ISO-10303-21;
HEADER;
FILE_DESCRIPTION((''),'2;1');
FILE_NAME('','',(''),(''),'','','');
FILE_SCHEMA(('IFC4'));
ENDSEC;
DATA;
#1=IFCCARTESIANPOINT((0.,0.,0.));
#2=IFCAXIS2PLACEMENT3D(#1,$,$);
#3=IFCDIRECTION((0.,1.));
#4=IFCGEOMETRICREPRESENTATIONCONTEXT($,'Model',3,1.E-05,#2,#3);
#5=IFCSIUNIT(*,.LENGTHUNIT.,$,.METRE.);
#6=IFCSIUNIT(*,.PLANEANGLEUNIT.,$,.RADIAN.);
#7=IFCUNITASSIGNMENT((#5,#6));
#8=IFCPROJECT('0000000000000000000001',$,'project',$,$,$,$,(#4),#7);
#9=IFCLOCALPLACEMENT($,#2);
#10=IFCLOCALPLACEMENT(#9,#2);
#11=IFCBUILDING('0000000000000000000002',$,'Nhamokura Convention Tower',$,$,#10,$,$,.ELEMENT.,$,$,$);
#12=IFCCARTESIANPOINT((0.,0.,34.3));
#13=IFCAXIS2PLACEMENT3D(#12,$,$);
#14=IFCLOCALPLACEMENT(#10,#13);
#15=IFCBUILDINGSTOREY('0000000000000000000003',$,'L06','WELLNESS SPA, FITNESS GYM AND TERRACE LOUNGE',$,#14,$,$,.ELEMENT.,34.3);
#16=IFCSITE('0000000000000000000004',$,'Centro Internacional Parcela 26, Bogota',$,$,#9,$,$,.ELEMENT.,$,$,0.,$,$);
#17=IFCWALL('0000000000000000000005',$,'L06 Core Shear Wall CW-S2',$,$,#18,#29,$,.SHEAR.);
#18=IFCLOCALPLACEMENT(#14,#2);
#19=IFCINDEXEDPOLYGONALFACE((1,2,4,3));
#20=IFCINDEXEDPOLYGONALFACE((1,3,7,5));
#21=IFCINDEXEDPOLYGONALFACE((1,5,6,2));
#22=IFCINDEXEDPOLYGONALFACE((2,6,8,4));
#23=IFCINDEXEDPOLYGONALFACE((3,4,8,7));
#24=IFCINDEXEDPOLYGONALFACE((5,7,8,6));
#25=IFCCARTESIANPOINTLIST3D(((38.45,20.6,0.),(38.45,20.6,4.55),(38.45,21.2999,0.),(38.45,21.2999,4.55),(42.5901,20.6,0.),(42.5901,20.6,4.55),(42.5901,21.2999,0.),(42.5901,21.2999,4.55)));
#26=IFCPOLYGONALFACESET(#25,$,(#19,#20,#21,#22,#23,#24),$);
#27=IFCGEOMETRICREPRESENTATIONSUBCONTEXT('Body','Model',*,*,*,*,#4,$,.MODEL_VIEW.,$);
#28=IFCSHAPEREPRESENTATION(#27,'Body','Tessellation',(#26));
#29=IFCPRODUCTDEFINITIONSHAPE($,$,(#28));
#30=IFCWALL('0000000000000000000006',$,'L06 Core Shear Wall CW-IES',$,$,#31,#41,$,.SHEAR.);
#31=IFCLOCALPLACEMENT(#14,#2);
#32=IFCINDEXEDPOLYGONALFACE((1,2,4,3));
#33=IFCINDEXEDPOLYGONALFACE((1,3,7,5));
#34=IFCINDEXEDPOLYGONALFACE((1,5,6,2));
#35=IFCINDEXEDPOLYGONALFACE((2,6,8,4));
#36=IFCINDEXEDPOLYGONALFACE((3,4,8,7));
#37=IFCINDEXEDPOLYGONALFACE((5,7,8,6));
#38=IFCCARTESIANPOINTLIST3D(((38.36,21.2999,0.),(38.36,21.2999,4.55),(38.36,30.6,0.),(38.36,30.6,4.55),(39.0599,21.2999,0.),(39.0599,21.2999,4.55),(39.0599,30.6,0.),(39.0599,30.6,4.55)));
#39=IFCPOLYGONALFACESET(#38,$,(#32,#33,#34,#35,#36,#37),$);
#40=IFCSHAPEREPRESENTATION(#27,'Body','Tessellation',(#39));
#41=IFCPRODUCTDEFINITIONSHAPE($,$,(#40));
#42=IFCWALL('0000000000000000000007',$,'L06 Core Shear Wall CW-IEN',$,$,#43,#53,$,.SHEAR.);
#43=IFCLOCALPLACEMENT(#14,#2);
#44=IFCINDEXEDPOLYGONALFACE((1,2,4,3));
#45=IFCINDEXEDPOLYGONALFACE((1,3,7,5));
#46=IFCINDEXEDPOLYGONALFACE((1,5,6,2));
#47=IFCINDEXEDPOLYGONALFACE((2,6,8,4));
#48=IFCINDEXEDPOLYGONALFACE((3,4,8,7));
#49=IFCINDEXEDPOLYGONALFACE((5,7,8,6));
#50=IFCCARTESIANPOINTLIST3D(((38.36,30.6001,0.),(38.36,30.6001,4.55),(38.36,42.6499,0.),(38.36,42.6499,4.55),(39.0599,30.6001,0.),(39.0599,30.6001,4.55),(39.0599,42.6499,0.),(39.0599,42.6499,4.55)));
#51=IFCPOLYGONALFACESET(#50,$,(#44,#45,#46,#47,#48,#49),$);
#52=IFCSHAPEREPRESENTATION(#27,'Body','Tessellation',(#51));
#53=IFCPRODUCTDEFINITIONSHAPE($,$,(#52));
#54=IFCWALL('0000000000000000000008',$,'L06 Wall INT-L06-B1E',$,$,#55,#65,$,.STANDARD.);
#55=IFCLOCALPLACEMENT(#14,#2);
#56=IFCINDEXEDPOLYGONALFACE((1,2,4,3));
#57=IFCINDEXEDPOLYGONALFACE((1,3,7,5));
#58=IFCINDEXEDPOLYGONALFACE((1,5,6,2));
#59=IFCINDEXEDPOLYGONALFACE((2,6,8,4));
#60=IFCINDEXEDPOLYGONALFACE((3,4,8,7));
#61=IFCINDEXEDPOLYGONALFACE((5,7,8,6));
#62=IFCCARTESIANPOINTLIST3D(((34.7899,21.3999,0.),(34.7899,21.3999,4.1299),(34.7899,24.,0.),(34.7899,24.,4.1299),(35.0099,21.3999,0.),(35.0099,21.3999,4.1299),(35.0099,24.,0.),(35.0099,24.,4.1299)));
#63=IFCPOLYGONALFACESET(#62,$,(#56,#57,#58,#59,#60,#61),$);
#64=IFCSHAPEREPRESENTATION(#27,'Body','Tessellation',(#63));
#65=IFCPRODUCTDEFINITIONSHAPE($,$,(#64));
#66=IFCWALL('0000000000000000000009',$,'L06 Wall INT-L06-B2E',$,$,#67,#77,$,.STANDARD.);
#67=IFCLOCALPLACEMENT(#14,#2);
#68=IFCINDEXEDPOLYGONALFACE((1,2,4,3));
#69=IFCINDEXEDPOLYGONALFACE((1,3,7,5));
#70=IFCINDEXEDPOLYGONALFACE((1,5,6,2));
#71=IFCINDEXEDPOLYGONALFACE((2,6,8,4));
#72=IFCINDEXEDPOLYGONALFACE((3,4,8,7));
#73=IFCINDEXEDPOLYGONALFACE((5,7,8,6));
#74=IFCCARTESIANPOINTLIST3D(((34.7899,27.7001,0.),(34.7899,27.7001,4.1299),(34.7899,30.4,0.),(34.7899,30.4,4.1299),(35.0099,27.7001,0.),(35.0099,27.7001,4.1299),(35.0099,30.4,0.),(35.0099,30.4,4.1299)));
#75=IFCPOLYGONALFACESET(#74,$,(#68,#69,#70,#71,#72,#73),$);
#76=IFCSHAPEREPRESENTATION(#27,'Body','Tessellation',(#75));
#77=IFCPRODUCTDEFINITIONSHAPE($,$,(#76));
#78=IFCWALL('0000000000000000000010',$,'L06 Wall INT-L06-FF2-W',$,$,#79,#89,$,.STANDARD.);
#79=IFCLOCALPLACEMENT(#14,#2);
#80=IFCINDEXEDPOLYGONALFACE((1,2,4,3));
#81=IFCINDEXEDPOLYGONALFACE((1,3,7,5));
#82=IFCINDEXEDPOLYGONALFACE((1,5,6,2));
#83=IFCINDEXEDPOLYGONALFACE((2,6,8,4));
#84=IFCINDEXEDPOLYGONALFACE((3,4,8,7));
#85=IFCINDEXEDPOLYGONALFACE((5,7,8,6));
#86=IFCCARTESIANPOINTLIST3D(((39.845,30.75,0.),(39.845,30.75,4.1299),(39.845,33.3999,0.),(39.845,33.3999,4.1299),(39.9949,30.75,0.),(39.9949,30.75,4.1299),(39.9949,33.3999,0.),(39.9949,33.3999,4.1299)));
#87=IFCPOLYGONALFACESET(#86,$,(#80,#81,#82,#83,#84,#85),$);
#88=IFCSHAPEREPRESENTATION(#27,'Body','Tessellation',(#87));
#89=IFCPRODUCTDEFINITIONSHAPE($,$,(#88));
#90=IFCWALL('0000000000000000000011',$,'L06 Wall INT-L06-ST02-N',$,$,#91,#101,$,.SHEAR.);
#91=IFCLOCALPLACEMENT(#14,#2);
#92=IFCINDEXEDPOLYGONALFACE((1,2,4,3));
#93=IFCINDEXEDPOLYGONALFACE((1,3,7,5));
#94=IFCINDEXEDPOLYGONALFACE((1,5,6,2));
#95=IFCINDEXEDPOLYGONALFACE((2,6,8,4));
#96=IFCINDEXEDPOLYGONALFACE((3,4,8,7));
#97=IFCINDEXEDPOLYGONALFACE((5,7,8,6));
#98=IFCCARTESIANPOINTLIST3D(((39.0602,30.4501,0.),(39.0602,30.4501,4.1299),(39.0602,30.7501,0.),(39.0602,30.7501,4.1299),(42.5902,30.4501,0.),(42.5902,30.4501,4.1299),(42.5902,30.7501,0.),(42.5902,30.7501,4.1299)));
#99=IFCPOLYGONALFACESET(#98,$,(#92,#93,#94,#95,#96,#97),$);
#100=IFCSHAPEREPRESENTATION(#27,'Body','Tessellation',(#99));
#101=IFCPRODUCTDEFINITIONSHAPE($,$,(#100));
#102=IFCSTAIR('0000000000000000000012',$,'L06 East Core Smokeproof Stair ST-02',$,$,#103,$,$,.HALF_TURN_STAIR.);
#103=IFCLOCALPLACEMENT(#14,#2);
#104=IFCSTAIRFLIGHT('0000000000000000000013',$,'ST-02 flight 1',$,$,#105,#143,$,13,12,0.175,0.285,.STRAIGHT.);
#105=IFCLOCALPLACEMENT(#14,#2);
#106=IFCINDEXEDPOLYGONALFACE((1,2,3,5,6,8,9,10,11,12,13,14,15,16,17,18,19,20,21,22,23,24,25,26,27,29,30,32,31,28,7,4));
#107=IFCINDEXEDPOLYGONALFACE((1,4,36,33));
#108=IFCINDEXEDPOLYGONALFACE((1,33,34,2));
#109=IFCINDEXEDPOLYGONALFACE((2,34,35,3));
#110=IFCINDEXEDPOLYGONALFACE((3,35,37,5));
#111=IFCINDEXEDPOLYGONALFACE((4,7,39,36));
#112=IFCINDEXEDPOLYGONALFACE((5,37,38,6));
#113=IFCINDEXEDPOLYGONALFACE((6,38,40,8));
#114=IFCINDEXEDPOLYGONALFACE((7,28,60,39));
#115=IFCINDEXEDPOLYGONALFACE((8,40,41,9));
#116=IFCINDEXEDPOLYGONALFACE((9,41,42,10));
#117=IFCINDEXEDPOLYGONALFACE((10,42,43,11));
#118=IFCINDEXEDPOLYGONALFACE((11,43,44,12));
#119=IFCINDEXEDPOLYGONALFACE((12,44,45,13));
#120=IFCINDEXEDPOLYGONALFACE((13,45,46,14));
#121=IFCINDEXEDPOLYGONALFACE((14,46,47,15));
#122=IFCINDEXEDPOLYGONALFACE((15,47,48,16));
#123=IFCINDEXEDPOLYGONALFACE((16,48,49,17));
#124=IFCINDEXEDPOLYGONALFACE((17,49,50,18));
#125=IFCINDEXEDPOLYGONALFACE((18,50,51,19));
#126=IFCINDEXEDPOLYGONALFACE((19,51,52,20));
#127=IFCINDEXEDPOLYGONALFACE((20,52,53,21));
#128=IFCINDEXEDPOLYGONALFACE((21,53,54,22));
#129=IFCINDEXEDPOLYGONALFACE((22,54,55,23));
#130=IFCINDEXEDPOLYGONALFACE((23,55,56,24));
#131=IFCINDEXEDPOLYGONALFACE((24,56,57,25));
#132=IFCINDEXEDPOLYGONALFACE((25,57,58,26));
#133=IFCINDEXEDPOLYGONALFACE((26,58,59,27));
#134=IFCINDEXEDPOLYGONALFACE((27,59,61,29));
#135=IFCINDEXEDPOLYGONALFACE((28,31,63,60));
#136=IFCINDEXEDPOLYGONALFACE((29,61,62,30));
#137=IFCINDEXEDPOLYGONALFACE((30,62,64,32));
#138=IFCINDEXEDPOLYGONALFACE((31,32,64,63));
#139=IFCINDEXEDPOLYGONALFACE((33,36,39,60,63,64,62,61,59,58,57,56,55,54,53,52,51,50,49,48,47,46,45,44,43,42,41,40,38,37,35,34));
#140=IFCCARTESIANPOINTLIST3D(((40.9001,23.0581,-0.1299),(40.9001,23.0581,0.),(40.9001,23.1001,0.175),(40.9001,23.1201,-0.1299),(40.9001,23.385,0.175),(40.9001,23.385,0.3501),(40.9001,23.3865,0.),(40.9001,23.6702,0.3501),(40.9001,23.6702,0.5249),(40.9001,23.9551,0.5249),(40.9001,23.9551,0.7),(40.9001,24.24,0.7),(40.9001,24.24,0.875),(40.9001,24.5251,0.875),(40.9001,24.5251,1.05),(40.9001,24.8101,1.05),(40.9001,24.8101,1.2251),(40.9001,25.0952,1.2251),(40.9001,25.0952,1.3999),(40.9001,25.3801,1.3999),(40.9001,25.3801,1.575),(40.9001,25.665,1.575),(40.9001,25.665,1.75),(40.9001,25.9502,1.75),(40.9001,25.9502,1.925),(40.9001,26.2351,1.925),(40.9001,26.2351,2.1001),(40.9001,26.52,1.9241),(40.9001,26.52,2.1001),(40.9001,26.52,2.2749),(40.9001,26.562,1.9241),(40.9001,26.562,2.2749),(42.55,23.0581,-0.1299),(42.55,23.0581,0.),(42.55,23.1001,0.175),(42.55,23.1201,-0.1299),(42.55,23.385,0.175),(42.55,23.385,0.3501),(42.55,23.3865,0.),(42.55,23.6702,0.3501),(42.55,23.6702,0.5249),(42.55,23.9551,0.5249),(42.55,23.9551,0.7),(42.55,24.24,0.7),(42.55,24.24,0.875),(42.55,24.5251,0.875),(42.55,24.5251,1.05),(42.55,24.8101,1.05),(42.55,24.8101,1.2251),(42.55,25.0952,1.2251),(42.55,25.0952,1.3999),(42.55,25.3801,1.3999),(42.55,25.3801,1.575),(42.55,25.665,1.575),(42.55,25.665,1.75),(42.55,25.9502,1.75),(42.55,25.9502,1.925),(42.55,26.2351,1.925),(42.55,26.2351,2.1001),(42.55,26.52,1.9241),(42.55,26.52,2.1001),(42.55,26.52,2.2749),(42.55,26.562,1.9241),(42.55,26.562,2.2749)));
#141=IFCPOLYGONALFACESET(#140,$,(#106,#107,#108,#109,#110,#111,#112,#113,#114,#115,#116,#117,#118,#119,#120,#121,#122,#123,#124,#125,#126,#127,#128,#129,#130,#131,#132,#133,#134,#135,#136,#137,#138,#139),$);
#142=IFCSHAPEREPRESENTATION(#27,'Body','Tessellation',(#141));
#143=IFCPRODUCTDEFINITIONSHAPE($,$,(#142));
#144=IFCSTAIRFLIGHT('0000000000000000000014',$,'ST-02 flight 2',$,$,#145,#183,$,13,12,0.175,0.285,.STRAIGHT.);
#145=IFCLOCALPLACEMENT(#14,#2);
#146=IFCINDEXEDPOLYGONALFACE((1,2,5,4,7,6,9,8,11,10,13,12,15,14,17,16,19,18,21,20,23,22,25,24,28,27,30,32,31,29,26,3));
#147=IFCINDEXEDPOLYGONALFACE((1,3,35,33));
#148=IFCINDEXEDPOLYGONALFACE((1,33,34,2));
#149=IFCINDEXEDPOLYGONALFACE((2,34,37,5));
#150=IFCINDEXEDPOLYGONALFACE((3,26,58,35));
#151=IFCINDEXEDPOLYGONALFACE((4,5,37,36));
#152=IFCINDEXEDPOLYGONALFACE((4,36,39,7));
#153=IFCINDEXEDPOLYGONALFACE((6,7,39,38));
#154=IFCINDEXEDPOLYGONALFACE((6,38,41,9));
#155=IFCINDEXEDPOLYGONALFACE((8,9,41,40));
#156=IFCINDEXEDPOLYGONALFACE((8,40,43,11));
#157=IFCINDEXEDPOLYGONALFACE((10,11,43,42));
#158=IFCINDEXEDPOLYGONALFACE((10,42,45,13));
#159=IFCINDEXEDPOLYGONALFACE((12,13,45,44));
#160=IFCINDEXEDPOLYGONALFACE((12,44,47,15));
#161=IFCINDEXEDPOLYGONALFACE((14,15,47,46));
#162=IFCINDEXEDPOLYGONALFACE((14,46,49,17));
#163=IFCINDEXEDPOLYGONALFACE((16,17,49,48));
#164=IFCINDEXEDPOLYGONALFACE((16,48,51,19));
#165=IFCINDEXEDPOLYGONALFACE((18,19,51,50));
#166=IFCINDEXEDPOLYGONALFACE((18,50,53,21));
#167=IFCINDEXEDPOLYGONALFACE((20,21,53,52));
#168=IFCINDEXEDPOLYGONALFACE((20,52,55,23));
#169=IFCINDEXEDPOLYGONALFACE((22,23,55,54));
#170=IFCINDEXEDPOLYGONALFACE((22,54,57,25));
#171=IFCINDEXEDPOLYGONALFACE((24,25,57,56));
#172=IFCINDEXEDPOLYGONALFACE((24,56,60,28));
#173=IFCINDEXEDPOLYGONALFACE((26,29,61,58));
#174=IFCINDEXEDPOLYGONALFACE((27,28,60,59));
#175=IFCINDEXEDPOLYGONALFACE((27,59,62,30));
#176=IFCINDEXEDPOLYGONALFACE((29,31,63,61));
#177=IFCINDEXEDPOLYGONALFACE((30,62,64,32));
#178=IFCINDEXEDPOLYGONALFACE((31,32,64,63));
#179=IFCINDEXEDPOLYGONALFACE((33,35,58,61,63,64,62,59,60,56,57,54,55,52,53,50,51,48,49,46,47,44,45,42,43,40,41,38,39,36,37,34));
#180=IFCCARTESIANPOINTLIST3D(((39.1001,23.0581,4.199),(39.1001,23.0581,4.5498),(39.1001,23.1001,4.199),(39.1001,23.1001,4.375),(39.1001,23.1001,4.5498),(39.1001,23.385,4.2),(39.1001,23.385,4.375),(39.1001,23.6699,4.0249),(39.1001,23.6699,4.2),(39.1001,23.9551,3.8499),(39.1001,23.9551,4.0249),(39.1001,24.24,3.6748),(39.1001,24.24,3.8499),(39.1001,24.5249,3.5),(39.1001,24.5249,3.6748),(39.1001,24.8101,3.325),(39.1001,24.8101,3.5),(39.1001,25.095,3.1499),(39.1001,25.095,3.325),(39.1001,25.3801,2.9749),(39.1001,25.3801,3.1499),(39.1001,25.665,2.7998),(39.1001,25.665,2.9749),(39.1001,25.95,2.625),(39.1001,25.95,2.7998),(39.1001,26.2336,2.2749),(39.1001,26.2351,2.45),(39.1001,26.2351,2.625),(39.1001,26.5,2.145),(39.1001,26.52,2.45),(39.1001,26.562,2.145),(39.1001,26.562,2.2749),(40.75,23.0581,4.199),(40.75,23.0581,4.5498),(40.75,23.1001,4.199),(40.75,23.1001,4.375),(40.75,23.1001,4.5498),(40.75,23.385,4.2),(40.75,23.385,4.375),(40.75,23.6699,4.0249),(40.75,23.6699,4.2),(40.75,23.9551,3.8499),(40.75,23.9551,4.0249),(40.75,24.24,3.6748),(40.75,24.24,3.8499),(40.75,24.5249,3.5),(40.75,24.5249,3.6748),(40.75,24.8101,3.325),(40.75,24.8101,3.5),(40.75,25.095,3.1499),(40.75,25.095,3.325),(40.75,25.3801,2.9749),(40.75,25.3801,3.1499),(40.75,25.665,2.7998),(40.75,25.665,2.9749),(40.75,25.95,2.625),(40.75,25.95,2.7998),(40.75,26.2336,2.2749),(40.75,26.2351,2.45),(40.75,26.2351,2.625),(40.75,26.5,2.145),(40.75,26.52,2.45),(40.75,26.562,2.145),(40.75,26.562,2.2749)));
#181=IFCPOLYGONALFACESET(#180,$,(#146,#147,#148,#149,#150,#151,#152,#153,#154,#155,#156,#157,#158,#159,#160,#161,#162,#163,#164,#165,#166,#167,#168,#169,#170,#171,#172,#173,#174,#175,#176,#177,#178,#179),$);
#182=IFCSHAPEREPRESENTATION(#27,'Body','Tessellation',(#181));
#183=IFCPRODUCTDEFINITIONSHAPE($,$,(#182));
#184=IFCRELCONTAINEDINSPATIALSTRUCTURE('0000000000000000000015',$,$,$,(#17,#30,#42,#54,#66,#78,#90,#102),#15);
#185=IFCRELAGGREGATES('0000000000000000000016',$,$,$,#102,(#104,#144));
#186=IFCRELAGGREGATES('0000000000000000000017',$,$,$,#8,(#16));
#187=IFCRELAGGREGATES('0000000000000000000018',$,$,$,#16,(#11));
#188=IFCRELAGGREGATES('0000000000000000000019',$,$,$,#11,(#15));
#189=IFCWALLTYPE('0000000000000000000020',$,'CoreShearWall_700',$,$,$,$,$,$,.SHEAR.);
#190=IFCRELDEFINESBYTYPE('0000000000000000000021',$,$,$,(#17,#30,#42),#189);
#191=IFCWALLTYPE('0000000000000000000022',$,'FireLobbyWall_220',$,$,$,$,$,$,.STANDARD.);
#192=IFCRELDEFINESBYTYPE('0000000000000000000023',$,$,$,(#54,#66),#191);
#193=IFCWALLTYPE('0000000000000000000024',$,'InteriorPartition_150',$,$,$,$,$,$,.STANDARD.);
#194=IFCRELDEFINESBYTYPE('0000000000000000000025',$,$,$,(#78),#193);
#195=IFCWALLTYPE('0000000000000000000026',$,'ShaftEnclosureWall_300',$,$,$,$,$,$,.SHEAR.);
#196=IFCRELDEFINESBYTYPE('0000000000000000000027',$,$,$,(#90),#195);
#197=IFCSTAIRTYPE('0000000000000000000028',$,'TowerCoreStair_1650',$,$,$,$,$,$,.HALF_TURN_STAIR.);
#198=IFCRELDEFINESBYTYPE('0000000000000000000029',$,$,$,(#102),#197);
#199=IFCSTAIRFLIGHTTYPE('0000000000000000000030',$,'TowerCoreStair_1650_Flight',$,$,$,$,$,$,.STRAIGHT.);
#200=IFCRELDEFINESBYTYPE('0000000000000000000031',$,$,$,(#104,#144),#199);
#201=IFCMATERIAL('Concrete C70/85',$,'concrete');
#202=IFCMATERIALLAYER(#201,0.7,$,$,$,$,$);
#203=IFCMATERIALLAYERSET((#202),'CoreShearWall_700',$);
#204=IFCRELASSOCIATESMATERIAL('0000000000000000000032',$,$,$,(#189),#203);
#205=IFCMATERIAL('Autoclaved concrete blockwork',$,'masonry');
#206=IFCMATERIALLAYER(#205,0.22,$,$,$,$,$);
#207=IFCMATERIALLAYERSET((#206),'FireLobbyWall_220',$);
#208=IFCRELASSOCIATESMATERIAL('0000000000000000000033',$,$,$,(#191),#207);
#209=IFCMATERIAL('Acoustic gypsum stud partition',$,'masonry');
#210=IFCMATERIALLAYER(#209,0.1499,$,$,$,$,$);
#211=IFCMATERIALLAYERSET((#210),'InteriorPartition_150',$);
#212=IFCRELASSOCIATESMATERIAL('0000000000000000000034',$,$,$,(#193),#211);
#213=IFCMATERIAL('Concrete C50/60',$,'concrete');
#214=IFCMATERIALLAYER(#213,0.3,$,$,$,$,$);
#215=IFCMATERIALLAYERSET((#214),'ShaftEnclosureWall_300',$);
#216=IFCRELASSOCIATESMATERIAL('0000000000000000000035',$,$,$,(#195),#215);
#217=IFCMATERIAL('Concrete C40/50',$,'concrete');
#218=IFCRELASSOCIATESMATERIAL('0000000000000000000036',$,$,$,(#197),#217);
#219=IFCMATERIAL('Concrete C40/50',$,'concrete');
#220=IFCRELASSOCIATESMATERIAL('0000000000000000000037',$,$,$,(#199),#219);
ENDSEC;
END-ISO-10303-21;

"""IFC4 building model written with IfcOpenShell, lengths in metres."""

from ifc_helpers import new_model, si_unit, direction, frame, frame_2d, origin, place, context, subcontext, project, spatial, polyline, rectangle, outline, extrude, material, layer, layer_set, type_object, element, aggregate, save


model = new_model("IFC4")

# Units and contexts
model_context = context("Model", 3, precision=1e-05, world=origin(), true_north=direction((0.0, 1.0)))
body_context = subcontext(model_context, "Body", "Model", "MODEL_VIEW")
ifc_project = project(units=[si_unit("LENGTHUNIT", "METRE"), si_unit("PLANEANGLEUNIT", "RADIAN")], contexts=[model_context])

# Site, building, storey
site_placement = place(None, origin())
site = spatial("IfcSite", under=ifc_project, at=site_placement, Name="Centro Internacional Parcela 26, Bogota", CompositionType="ELEMENT", RefElevation=0.0)
building_placement = place(site_placement, origin())
building = spatial("IfcBuilding", under=site, at=building_placement, Name="Nhamokura Convention Tower", CompositionType="ELEMENT")
storey_placement = place(building_placement, frame((0.0, 0.0, 34.3)))
storey = spatial("IfcBuildingStorey", under=building, at=storey_placement, Name="L06", Description="WELLNESS SPA, FITNESS GYM AND TERRACE LOUNGE", CompositionType="ELEMENT", Elevation=34.3)

# Shared definitions
ifc_material_1 = material(Name="Concrete C70/85", Category="concrete")
ifc_layer_1 = layer(ifc_material_1, 0.7)
ifc_layer_set_1 = layer_set([ifc_layer_1], Name="CoreShearWall_700")
wall_type_1 = type_object("IfcWallType", Name="CoreShearWall_700", PredefinedType="SHEAR", material=ifc_layer_set_1)

# Walls
wall_1_placement = place(storey_placement, frame((38.45, 20.95, 0.0), z_axis=(0.0, 0.0, 1.0), x_axis=(1.0, 0.0, 0.0)))
element("IfcWall", 1, at=wall_1_placement, inside=storey, type_object=wall_type_1, Name="L06 Core Shear Wall CW-S2", PredefinedType="SHEAR", context=body_context, shape_type="SweptSolid", body=[
    extrude(rectangle(XDim=4.1401, YDim=0.7, at=frame_2d((2.0701, 0.0))), origin(), (0.0, 0.0, 1.0), 4.55),
])
wall_2_placement = place(storey_placement, frame((38.71, 21.3, 0.0), z_axis=(0.0, 0.0, 1.0), x_axis=(0.0, 1.0, 0.0)))
element("IfcWall", 2, at=wall_2_placement, inside=storey, type_object=wall_type_1, Name="L06 Core Shear Wall CW-IES", PredefinedType="SHEAR", context=body_context, shape_type="SweptSolid", body=[
    extrude(rectangle(XDim=9.3, YDim=0.7, at=frame_2d((4.6499, 0.0))), origin(), (0.0, 0.0, 1.0), 4.55),
])
wall_3_placement = place(storey_placement, frame((38.71, 30.6001, 0.0), z_axis=(0.0, 0.0, 1.0), x_axis=(0.0, 1.0, 0.0)))
element("IfcWall", 3, at=wall_3_placement, inside=storey, type_object=wall_type_1, Name="L06 Core Shear Wall CW-IEN", PredefinedType="SHEAR", context=body_context, shape_type="SweptSolid", body=[
    extrude(rectangle(XDim=12.0498, YDim=0.7, at=frame_2d((6.0249, 0.0))), origin(), (0.0, 0.0, 1.0), 4.55),
])
ifc_material_2 = material(Name="Autoclaved concrete blockwork", Category="masonry")
ifc_layer_2 = layer(ifc_material_2, 0.22)
ifc_layer_set_2 = layer_set([ifc_layer_2], Name="FireLobbyWall_220")
wall_type_2 = type_object("IfcWallType", Name="FireLobbyWall_220", PredefinedType="STANDARD", material=ifc_layer_set_2)
wall_4_placement = place(storey_placement, frame((34.8999, 21.3999, 0.0), z_axis=(0.0, 0.0, 1.0), x_axis=(0.0, 1.0, 0.0)))
element("IfcWall", 4, at=wall_4_placement, inside=storey, type_object=wall_type_2, Name="L06 Wall INT-L06-B1E", PredefinedType="STANDARD", context=body_context, shape_type="SweptSolid", body=[
    extrude(rectangle(XDim=2.6001, YDim=0.22, at=frame_2d((1.3, 0.0))), origin(), (0.0, 0.0, 1.0), 4.1299),
])
wall_5_placement = place(storey_placement, frame((34.8999, 27.7, 0.0), z_axis=(0.0, 0.0, 1.0), x_axis=(0.0, 1.0, 0.0)))
element("IfcWall", 5, at=wall_5_placement, inside=storey, type_object=wall_type_2, Name="L06 Wall INT-L06-B2E", PredefinedType="STANDARD", context=body_context, shape_type="SweptSolid", body=[
    extrude(rectangle(XDim=2.7, YDim=0.22, at=frame_2d((1.3501, 0.0))), origin(), (0.0, 0.0, 1.0), 4.1299),
])
ifc_material_3 = material(Name="Acoustic gypsum stud partition", Category="masonry")
ifc_layer_3 = layer(ifc_material_3, 0.1499)
ifc_layer_set_3 = layer_set([ifc_layer_3], Name="InteriorPartition_150")
wall_type_3 = type_object("IfcWallType", Name="InteriorPartition_150", PredefinedType="STANDARD", material=ifc_layer_set_3)
wall_6_placement = place(storey_placement, frame((39.9199, 30.75, 0.0), z_axis=(0.0, 0.0, 1.0), x_axis=(0.0, 1.0, 0.0)))
element("IfcWall", 6, at=wall_6_placement, inside=storey, type_object=wall_type_3, Name="L06 Wall INT-L06-FF2-W", PredefinedType="STANDARD", context=body_context, shape_type="SweptSolid", body=[
    extrude(rectangle(XDim=2.6499, YDim=0.1499, at=frame_2d((1.325, 0.0))), origin(), (0.0, 0.0, 1.0), 4.1299),
])
ifc_material_4 = material(Name="Concrete C50/60", Category="concrete")
ifc_layer_4 = layer(ifc_material_4, 0.3)
ifc_layer_set_4 = layer_set([ifc_layer_4], Name="ShaftEnclosureWall_300")
wall_type_4 = type_object("IfcWallType", Name="ShaftEnclosureWall_300", PredefinedType="SHEAR", material=ifc_layer_set_4)
wall_7_placement = place(storey_placement, frame((39.0601, 30.6001, 0.0), z_axis=(0.0, 0.0, 1.0), x_axis=(1.0, 0.0, 0.0)))
element("IfcWall", 7, at=wall_7_placement, inside=storey, type_object=wall_type_4, Name="L06 Wall INT-L06-ST02-N", PredefinedType="SHEAR", context=body_context, shape_type="SweptSolid", body=[
    extrude(rectangle(XDim=3.53, YDim=0.3, at=frame_2d((1.7651, 0.0))), origin(), (0.0, 0.0, 1.0), 4.1299),
])

# Stair, stair flights
ifc_material_5 = material(Name="Concrete C40/50", Category="concrete")
stair_type = type_object("IfcStairType", Name="TowerCoreStair_1650", PredefinedType="HALF_TURN_STAIR", material=ifc_material_5)
stair_placement = place(storey_placement, origin())
stair = element("IfcStair", 8, at=stair_placement, inside=storey, type_object=stair_type, Name="L06 East Core Smokeproof Stair ST-02", PredefinedType="HALF_TURN_STAIR")
ifc_material_6 = material(Name="Concrete C40/50", Category="concrete")
stair_flight_type = type_object("IfcStairFlightType", Name="TowerCoreStair_1650_Flight", PredefinedType="STRAIGHT", material=ifc_material_6)
stair_flight_1_placement = place(storey_placement, frame((41.7251, 23.1001, 0.0), z_axis=(0.0, 0.0, 1.0), x_axis=(0.0, 1.0, 0.0)))
stair_flight_1 = element("IfcStairFlight", 9, at=stair_flight_1_placement, type_object=stair_flight_type, Name="ST-02 flight 1", NumberOfRisers=13, NumberOfTreads=12, PredefinedType="STRAIGHT", RiserHeight=0.175, TreadLength=0.285, context=body_context, shape_type="SweptSolid", body=[
    extrude(outline(polyline([(-0.042, 0.0), (0.0, 0.175), (0.2849, 0.175), (0.2849, 0.3501), (0.5701, 0.3501), (0.5701, 0.5249), (0.855, 0.5249), (0.855, 0.7), (1.1399, 0.7), (1.1399, 0.875), (1.425, 0.875), (1.425, 1.05), (1.71, 1.05), (1.71, 1.2251), (1.9951, 1.2251), (1.9951, 1.3999), (2.28, 1.3999), (2.28, 1.575), (2.5649, 1.575), (2.5649, 1.75), (2.8501, 1.75), (2.8501, 1.925), (3.135, 1.925), (3.135, 2.1001), (3.4199, 2.1001), (3.4199, 2.2749), (3.4619, 2.2749), (3.4619, 1.9241), (3.4199, 1.9241), (0.2864, 0.0), (0.02, -0.1299), (-0.042, -0.1299), (-0.042, 0.0)])), frame((0.0, 0.825, 0.0), z_axis=(0.0, -1.0, 0.0), x_axis=(1.0, 0.0, 0.0)), (0.0, 0.0, 1.0), 1.6499),
])
stair_flight_2_placement = place(storey_placement, frame((39.925, 26.52, 2.2749), z_axis=(0.0, 0.0, 1.0), x_axis=(0.0, -1.0, 0.0)))
stair_flight_2 = element("IfcStairFlight", 10, at=stair_flight_2_placement, type_object=stair_flight_type, Name="ST-02 flight 2", NumberOfRisers=13, NumberOfTreads=12, PredefinedType="STRAIGHT", RiserHeight=0.175, TreadLength=0.285, context=body_context, shape_type="SweptSolid", body=[
    extrude(outline(polyline([(-0.042, 0.0), (0.0, 0.175), (0.2849, 0.175), (0.2849, 0.3501), (0.5701, 0.3501), (0.5701, 0.5249), (0.855, 0.5249), (0.855, 0.7), (1.1399, 0.7), (1.1399, 0.875), (1.425, 0.875), (1.425, 1.05), (1.71, 1.05), (1.71, 1.2251), (1.9951, 1.2251), (1.9951, 1.3999), (2.28, 1.3999), (2.28, 1.575), (2.5649, 1.575), (2.5649, 1.75), (2.8501, 1.75), (2.8501, 1.925), (3.135, 1.925), (3.135, 2.1001), (3.4199, 2.1001), (3.4199, 2.2749), (3.4619, 2.2749), (3.4619, 1.9241), (3.4199, 1.9241), (0.2864, 0.0), (0.02, -0.1299), (-0.042, -0.1299), (-0.042, 0.0)])), frame((0.0, 0.825, 0.0), z_axis=(0.0, -1.0, 0.0), x_axis=(1.0, 0.0, 0.0)), (0.0, 0.0, 1.0), 1.6499),
])
aggregate(stair, [stair_flight_1, stair_flight_2])

save(model, "model.ifc")
